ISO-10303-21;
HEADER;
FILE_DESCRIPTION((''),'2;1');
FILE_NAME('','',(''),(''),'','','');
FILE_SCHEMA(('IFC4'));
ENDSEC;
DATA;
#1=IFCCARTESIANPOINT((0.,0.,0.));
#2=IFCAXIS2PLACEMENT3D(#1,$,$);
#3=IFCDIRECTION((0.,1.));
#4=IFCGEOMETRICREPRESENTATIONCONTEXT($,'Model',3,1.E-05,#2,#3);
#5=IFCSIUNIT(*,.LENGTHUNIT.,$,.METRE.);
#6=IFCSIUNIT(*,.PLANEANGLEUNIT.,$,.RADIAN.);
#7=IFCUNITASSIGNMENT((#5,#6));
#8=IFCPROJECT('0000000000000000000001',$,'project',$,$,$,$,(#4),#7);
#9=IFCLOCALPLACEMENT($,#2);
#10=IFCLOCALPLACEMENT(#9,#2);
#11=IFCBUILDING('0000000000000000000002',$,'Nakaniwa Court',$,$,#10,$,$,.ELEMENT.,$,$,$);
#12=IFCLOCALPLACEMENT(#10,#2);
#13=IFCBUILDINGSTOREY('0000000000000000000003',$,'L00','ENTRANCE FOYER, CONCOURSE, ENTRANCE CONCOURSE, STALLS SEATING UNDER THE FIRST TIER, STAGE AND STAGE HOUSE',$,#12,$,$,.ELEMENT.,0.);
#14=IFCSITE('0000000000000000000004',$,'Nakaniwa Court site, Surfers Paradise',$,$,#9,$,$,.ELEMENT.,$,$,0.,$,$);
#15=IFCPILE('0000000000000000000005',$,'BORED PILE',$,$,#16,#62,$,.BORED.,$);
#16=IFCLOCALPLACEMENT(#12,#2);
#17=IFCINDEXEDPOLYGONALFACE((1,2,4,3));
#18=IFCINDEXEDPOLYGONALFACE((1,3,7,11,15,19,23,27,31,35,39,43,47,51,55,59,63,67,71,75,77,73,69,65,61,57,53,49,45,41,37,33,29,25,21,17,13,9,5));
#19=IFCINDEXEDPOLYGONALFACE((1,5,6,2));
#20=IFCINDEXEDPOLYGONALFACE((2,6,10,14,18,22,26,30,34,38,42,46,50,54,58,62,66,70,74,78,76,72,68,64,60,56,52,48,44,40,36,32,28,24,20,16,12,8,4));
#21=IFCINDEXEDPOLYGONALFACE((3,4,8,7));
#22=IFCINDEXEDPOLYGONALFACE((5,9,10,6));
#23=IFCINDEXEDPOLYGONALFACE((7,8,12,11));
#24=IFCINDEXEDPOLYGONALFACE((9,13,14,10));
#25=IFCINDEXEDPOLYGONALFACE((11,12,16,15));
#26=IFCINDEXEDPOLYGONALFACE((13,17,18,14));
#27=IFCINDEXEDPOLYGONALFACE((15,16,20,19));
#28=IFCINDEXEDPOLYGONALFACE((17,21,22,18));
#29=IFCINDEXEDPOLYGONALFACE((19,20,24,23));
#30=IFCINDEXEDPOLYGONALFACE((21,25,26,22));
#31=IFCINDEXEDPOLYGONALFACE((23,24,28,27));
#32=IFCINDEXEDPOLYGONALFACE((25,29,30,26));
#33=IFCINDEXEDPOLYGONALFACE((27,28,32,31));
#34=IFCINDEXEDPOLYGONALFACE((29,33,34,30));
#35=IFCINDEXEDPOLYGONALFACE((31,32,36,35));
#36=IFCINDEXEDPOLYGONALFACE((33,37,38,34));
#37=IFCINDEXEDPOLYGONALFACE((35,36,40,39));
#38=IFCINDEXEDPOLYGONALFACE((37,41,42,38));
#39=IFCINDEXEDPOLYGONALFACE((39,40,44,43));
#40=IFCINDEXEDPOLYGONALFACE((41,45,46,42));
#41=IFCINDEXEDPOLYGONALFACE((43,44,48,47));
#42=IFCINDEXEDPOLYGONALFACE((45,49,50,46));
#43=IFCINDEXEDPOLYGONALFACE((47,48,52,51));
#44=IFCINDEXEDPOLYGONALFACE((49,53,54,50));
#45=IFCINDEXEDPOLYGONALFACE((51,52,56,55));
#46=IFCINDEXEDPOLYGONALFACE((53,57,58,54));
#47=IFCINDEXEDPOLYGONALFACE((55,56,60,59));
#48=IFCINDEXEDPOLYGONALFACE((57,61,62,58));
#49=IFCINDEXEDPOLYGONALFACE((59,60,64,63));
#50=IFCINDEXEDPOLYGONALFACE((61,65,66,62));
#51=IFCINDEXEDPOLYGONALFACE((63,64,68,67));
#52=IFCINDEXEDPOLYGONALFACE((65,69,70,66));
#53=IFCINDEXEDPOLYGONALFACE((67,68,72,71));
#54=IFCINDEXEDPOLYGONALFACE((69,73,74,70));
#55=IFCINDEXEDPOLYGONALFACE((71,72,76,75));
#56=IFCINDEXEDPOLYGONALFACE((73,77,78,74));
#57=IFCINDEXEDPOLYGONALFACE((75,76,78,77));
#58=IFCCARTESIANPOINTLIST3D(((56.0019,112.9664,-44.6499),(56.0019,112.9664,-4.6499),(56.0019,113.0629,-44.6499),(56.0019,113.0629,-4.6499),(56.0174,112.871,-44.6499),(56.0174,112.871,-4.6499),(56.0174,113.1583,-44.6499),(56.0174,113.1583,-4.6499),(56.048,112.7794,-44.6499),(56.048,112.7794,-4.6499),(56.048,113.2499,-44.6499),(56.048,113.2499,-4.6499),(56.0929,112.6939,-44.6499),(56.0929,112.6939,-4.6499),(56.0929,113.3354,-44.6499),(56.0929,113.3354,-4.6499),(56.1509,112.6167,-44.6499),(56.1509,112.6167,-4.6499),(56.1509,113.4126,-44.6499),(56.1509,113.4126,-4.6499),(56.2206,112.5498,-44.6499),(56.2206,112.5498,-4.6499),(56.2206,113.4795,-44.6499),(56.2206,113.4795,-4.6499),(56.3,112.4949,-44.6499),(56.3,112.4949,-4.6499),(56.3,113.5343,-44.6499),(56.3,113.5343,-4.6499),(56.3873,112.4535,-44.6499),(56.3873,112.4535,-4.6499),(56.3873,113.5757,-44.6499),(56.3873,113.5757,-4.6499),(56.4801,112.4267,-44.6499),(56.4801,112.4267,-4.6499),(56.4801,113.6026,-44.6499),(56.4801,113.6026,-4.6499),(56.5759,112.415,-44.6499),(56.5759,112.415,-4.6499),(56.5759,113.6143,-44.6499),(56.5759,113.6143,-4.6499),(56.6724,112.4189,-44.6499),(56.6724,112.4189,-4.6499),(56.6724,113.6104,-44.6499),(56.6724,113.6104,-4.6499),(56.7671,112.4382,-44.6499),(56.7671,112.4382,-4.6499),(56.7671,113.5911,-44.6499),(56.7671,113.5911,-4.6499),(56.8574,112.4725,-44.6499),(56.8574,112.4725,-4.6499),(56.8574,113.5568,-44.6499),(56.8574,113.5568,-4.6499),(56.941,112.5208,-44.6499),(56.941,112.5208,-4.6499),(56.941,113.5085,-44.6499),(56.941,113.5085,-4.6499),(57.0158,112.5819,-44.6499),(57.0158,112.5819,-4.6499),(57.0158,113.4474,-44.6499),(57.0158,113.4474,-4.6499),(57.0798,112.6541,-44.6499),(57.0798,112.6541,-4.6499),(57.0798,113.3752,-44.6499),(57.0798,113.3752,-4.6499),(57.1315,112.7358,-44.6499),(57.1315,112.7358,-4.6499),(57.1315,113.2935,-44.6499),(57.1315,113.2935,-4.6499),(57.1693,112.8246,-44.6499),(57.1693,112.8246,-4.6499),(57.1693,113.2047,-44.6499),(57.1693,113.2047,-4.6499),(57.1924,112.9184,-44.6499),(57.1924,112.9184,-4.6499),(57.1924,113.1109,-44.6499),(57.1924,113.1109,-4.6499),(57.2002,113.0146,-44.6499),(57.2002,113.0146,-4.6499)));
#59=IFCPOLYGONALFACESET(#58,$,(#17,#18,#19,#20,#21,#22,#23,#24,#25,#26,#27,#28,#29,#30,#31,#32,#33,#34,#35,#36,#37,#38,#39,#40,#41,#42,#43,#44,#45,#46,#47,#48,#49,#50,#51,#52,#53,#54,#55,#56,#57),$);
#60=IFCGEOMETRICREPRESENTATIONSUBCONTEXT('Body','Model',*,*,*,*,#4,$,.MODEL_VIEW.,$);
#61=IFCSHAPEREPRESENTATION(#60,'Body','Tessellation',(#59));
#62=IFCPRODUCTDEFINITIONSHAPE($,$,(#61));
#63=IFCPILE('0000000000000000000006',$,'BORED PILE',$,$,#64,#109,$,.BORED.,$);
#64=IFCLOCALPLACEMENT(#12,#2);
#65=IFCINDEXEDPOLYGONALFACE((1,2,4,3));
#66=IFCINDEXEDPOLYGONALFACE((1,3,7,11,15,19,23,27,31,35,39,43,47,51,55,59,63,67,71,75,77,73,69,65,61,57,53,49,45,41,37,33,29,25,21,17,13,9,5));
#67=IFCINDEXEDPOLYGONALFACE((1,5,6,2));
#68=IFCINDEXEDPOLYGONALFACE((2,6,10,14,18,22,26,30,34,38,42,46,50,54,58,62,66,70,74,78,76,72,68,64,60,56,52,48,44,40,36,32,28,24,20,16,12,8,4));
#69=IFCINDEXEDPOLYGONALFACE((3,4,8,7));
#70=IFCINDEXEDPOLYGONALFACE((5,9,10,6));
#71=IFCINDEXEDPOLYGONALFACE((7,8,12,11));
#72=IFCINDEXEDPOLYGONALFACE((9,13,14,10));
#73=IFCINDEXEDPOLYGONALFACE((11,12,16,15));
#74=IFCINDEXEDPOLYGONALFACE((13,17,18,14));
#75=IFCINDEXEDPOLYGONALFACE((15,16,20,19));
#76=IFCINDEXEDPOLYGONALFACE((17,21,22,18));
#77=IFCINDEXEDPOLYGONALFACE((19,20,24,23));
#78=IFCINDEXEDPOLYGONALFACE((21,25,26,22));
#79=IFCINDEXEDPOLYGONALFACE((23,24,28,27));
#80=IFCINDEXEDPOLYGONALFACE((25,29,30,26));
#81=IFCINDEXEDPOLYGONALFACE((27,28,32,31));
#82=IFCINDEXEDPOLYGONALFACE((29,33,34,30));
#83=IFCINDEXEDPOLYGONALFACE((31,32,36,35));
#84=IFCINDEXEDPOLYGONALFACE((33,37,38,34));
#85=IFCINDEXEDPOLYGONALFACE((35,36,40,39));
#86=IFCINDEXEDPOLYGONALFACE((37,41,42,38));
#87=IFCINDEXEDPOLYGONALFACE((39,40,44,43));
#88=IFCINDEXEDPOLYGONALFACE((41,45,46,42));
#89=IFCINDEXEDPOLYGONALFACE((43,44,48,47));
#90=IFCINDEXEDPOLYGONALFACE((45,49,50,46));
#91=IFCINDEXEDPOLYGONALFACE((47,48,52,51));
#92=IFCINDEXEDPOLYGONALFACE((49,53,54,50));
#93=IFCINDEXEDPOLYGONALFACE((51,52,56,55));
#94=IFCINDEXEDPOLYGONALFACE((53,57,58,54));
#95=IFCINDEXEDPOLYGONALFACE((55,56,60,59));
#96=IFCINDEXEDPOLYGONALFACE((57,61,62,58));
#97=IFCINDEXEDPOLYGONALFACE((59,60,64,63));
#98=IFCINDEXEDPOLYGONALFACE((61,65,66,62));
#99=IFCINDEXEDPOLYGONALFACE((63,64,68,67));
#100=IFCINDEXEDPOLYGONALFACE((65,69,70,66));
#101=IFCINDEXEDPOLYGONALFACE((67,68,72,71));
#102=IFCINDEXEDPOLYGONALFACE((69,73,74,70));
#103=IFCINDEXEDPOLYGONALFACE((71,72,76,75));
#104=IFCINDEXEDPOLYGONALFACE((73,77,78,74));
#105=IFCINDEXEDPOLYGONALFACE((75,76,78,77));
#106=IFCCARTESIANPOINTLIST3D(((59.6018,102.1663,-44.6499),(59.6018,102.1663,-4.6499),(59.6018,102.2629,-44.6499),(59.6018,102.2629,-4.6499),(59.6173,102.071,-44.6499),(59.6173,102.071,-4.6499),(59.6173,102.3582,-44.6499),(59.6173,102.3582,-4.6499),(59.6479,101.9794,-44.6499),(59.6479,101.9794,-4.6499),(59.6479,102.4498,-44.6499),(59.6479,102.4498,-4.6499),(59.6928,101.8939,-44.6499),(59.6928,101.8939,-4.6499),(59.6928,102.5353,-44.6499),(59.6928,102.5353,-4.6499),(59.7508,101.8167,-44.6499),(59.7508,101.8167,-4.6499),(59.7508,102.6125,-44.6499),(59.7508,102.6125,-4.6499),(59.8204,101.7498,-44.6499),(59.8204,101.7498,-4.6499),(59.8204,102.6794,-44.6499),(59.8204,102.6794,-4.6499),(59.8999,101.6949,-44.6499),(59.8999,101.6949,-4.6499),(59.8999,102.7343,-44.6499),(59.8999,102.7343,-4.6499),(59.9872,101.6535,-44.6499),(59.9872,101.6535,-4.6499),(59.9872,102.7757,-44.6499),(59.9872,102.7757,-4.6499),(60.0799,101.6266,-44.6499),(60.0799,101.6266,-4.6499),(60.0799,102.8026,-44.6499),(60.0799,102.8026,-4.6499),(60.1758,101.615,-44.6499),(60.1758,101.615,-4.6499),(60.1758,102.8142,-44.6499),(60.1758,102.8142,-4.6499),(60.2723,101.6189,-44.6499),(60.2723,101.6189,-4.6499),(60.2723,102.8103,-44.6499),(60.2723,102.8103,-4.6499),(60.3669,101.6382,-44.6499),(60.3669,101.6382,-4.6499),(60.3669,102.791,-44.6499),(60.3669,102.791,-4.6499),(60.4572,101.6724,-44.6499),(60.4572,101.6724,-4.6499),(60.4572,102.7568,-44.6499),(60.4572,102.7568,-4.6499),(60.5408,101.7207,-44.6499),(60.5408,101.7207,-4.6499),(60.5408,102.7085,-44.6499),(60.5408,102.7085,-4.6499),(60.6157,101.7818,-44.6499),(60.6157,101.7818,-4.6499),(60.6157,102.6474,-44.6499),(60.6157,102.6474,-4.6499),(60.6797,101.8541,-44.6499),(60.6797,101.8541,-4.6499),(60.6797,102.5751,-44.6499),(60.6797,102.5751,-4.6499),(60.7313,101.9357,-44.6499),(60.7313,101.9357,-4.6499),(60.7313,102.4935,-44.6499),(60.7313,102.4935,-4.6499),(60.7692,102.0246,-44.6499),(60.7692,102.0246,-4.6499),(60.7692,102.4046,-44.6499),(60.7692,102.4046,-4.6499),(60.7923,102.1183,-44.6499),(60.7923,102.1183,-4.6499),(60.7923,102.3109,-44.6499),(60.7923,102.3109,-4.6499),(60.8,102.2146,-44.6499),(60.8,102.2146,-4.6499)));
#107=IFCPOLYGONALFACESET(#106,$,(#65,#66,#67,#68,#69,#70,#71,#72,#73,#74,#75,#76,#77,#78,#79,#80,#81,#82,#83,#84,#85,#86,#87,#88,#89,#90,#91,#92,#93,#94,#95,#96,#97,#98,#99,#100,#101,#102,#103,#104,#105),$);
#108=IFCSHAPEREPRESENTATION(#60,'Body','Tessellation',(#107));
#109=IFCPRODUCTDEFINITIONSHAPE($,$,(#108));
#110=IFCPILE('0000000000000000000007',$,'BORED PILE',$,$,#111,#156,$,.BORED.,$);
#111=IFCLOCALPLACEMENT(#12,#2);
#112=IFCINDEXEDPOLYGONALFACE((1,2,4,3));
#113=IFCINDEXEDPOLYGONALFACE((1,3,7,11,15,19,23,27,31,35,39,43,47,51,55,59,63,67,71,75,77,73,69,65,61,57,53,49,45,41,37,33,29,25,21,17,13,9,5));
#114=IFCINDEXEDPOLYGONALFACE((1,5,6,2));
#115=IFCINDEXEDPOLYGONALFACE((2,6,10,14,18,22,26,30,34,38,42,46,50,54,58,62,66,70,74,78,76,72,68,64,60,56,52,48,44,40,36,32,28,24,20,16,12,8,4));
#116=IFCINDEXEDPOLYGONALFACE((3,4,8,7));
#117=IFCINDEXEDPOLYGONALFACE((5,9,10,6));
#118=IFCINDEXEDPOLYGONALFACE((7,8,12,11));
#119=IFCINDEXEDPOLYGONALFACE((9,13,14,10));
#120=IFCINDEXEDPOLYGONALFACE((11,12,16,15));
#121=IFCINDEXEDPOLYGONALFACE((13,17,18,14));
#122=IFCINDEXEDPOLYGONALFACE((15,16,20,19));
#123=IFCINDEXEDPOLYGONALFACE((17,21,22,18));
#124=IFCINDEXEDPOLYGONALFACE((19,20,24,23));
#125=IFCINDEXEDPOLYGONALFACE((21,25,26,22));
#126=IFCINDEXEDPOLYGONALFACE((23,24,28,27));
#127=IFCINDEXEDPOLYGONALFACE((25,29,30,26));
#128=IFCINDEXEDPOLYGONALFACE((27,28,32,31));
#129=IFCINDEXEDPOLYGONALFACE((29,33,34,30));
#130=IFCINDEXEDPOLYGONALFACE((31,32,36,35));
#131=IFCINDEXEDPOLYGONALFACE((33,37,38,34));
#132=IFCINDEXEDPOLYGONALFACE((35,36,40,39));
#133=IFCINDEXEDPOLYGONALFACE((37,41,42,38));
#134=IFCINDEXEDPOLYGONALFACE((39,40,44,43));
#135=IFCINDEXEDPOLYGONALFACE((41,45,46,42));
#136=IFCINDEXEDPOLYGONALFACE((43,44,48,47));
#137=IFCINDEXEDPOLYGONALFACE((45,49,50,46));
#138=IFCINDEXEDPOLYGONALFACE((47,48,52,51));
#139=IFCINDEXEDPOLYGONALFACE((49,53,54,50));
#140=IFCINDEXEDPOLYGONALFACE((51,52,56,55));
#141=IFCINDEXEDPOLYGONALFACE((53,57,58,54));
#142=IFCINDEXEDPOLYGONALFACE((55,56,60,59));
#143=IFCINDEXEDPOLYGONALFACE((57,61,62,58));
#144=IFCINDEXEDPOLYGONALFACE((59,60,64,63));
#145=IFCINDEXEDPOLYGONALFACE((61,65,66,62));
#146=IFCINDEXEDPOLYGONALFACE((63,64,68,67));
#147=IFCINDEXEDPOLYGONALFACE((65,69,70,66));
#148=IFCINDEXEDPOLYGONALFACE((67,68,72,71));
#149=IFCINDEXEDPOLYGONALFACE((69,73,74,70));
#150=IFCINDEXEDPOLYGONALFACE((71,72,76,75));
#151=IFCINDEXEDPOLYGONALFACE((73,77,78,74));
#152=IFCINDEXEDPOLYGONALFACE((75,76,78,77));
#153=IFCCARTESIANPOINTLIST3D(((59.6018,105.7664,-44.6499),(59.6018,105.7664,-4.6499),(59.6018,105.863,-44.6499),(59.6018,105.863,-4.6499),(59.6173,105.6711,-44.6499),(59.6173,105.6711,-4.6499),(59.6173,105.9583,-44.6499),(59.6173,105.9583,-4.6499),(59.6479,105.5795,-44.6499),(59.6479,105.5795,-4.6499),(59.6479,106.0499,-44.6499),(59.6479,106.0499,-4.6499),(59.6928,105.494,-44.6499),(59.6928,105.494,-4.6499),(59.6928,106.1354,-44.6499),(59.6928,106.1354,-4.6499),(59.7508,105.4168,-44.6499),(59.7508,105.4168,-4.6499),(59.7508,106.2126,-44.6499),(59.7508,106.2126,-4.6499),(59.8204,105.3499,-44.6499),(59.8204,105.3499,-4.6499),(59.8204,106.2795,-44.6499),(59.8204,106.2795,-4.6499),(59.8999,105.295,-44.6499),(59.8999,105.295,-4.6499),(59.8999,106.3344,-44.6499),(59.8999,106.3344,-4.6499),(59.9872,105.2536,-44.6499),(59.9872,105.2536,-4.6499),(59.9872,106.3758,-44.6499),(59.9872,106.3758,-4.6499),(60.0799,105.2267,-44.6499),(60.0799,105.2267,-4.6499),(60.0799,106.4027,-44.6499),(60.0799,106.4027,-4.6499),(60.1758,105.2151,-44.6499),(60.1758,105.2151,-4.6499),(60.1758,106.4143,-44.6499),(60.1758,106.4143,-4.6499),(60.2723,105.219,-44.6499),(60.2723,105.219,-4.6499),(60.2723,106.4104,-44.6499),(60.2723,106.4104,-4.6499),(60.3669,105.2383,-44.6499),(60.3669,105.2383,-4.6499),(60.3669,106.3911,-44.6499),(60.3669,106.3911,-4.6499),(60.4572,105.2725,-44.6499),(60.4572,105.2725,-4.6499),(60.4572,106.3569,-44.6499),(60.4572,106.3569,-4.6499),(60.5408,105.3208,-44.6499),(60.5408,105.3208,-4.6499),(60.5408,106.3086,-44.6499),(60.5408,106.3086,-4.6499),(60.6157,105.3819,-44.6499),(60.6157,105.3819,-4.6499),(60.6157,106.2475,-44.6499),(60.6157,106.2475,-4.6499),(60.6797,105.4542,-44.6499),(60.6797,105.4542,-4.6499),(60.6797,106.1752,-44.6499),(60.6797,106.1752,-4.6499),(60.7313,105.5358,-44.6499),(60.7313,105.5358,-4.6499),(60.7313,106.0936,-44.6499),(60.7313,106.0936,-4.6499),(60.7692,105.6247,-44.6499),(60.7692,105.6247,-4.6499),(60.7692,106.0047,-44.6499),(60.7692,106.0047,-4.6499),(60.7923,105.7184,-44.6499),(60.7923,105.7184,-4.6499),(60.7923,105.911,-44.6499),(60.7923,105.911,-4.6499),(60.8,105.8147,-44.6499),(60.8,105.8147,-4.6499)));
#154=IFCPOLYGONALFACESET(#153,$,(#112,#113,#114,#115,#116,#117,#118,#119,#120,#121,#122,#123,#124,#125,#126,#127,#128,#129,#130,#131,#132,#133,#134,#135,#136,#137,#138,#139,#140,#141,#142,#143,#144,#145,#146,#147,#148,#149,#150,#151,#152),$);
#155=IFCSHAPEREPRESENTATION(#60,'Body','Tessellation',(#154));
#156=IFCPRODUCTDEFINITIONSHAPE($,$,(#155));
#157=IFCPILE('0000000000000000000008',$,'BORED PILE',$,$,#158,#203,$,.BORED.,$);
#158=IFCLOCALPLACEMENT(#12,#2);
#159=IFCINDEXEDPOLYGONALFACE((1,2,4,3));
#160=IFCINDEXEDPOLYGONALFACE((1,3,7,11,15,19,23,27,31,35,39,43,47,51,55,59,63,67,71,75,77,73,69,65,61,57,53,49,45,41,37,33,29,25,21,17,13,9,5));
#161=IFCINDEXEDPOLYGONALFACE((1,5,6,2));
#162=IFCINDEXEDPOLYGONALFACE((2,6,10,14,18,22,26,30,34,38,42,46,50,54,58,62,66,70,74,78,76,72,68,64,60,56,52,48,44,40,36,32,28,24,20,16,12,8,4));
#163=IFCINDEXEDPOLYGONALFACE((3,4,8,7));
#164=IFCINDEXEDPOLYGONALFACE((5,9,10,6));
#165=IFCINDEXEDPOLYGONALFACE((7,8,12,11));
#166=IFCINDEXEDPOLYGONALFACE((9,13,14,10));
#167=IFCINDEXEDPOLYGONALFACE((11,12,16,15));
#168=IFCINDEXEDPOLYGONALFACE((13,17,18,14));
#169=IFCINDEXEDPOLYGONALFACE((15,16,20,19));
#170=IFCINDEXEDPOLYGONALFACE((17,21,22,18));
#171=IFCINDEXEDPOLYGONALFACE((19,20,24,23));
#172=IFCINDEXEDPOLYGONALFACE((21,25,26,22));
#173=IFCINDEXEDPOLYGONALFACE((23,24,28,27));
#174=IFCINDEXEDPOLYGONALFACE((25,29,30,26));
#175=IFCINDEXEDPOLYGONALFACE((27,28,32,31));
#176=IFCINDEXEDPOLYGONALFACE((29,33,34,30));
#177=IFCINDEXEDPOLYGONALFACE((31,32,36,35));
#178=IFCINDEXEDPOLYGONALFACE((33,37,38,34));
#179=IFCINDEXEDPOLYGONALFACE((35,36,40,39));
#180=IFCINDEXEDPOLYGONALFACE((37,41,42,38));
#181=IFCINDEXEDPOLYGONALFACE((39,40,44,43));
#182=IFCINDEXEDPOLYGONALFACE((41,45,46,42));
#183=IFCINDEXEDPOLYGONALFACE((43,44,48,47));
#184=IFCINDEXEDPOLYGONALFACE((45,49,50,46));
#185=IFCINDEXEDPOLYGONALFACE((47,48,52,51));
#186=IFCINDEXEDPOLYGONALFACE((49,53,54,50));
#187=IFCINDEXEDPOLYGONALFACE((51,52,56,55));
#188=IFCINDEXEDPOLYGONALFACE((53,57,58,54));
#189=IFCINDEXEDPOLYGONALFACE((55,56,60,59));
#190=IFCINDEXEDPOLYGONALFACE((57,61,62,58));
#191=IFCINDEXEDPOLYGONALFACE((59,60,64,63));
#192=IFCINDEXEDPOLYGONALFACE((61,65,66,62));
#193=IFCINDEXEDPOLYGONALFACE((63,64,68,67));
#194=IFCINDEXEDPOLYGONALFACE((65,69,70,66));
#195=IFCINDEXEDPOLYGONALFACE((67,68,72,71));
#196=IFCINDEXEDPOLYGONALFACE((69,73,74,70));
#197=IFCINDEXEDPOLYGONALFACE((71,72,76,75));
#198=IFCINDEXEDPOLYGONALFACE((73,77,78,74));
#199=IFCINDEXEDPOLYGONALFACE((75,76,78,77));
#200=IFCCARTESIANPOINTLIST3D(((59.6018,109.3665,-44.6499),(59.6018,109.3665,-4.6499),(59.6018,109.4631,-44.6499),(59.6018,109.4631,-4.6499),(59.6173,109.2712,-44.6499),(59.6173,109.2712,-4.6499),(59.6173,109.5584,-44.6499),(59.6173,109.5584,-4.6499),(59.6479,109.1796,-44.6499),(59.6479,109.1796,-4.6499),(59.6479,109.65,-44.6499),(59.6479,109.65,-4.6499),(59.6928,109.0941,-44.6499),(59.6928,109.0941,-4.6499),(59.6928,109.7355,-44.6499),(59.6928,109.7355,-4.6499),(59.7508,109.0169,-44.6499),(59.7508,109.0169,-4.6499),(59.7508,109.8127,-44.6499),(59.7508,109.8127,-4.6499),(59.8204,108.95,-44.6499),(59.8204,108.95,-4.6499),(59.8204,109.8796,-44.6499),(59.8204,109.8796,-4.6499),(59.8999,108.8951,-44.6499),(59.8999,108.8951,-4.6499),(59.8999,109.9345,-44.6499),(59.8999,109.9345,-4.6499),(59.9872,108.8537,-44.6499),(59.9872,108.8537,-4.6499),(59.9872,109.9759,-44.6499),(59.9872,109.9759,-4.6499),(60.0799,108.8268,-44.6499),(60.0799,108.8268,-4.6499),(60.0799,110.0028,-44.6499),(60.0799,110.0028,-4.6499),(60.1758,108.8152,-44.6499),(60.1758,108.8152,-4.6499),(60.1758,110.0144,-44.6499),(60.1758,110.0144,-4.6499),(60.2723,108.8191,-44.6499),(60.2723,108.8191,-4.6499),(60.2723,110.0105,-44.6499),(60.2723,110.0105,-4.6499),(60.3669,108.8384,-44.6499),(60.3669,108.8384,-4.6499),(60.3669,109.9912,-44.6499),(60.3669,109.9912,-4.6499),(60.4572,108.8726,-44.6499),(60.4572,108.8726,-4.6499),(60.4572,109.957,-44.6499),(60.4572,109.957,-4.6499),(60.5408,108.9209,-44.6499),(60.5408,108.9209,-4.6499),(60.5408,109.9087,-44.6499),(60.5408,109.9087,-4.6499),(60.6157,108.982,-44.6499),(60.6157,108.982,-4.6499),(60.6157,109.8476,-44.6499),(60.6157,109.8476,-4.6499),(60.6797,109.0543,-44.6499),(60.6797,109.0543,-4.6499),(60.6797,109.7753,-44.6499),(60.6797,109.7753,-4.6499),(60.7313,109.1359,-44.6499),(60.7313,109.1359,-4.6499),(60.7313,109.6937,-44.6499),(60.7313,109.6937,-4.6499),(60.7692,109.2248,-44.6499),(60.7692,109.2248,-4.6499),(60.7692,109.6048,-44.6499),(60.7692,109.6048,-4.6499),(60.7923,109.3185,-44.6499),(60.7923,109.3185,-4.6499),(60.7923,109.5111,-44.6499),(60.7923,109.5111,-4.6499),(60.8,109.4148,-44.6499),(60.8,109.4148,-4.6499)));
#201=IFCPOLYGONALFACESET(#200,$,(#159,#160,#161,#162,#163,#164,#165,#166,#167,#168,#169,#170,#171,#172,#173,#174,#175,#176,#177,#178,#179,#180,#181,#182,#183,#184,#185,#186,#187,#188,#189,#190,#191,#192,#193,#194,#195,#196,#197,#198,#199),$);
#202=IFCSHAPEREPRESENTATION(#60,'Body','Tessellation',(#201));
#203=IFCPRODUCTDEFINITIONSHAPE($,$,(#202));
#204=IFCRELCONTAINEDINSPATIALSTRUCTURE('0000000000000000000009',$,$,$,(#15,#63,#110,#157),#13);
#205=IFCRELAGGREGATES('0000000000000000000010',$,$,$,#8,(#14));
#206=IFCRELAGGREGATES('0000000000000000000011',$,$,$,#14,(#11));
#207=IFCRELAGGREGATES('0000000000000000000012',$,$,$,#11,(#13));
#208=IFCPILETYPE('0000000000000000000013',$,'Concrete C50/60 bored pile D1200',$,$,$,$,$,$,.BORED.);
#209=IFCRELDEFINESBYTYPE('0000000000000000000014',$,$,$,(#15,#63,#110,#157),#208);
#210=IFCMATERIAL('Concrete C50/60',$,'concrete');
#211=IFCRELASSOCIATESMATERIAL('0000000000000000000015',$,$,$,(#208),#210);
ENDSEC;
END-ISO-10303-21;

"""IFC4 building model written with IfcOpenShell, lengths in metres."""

from ifc_helpers import new_model, si_unit, direction, frame, origin, origin_2d, place, context, subcontext, project, spatial, circle, extrude, material, material_profile, profile_set, type_object, element, save


model = new_model("IFC4")

# Units and contexts
model_context = context("Model", 3, precision=1e-05, world=origin(), true_north=direction((0.0, 1.0)))
body_context = subcontext(model_context, "Body", "Model", "MODEL_VIEW")
ifc_project = project(units=[si_unit("LENGTHUNIT", "METRE"), si_unit("PLANEANGLEUNIT", "RADIAN")], contexts=[model_context])

# Site, building, storey
site_placement = place(None, origin())
site = spatial("IfcSite", under=ifc_project, at=site_placement, Name="Nakaniwa Court site, Surfers Paradise", CompositionType="ELEMENT", RefElevation=0.0)
building_placement = place(site_placement, origin())
building = spatial("IfcBuilding", under=site, at=building_placement, Name="Nakaniwa Court", CompositionType="ELEMENT")
storey_placement = place(building_placement, origin())
storey = spatial("IfcBuildingStorey", under=building, at=storey_placement, Name="L00", Description="ENTRANCE FOYER, CONCOURSE, ENTRANCE CONCOURSE, STALLS SEATING UNDER THE FIRST TIER, STAGE AND STAGE HOUSE", CompositionType="ELEMENT", Elevation=0.0)

# Piles
ifc_material_1 = material(Name="Concrete C50/60", Category="concrete")
ifc_material_profile_1 = material_profile(ifc_material_1, circle(Radius=0.6001, at=origin_2d()), Name="Concrete C50/60 bored pile D1200")
ifc_profile_set_1 = profile_set([ifc_material_profile_1], Name="Concrete C50/60")
pile_type = type_object("IfcPileType", Name="Concrete C50/60 bored pile D1200", PredefinedType="BORED", material=ifc_profile_set_1)
for number, where, z_axis, x_axis, name in (
    (1, (56.6001, 113.0146, -4.6499), (0.0, 0.0, -1.0), (1.0, 0.0, 0.0), "BORED PILE"),
    (2, (60.2, 102.2146, -4.6499), (0.0, 0.0, -1.0), (1.0, 0.0, 0.0), "BORED PILE"),
    (3, (60.2, 105.8147, -4.6499), (0.0, 0.0, -1.0), (1.0, 0.0, 0.0), "BORED PILE"),
    (4, (60.2, 109.4148, -4.6499), (0.0, 0.0, -1.0), (1.0, 0.0, 0.0), "BORED PILE"),
):
    element("IfcPile", number, at=place(storey_placement, frame(where, z_axis=z_axis, x_axis=x_axis)), inside=storey, type_object=pile_type, Name=name, PredefinedType="BORED", context=body_context, shape_type="SweptSolid", body=[
        extrude(circle(Radius=0.6001, at=origin_2d()), origin(), (0.0, 0.0, 1.0), 40.0),
    ])

save(model, "model.ifc")
